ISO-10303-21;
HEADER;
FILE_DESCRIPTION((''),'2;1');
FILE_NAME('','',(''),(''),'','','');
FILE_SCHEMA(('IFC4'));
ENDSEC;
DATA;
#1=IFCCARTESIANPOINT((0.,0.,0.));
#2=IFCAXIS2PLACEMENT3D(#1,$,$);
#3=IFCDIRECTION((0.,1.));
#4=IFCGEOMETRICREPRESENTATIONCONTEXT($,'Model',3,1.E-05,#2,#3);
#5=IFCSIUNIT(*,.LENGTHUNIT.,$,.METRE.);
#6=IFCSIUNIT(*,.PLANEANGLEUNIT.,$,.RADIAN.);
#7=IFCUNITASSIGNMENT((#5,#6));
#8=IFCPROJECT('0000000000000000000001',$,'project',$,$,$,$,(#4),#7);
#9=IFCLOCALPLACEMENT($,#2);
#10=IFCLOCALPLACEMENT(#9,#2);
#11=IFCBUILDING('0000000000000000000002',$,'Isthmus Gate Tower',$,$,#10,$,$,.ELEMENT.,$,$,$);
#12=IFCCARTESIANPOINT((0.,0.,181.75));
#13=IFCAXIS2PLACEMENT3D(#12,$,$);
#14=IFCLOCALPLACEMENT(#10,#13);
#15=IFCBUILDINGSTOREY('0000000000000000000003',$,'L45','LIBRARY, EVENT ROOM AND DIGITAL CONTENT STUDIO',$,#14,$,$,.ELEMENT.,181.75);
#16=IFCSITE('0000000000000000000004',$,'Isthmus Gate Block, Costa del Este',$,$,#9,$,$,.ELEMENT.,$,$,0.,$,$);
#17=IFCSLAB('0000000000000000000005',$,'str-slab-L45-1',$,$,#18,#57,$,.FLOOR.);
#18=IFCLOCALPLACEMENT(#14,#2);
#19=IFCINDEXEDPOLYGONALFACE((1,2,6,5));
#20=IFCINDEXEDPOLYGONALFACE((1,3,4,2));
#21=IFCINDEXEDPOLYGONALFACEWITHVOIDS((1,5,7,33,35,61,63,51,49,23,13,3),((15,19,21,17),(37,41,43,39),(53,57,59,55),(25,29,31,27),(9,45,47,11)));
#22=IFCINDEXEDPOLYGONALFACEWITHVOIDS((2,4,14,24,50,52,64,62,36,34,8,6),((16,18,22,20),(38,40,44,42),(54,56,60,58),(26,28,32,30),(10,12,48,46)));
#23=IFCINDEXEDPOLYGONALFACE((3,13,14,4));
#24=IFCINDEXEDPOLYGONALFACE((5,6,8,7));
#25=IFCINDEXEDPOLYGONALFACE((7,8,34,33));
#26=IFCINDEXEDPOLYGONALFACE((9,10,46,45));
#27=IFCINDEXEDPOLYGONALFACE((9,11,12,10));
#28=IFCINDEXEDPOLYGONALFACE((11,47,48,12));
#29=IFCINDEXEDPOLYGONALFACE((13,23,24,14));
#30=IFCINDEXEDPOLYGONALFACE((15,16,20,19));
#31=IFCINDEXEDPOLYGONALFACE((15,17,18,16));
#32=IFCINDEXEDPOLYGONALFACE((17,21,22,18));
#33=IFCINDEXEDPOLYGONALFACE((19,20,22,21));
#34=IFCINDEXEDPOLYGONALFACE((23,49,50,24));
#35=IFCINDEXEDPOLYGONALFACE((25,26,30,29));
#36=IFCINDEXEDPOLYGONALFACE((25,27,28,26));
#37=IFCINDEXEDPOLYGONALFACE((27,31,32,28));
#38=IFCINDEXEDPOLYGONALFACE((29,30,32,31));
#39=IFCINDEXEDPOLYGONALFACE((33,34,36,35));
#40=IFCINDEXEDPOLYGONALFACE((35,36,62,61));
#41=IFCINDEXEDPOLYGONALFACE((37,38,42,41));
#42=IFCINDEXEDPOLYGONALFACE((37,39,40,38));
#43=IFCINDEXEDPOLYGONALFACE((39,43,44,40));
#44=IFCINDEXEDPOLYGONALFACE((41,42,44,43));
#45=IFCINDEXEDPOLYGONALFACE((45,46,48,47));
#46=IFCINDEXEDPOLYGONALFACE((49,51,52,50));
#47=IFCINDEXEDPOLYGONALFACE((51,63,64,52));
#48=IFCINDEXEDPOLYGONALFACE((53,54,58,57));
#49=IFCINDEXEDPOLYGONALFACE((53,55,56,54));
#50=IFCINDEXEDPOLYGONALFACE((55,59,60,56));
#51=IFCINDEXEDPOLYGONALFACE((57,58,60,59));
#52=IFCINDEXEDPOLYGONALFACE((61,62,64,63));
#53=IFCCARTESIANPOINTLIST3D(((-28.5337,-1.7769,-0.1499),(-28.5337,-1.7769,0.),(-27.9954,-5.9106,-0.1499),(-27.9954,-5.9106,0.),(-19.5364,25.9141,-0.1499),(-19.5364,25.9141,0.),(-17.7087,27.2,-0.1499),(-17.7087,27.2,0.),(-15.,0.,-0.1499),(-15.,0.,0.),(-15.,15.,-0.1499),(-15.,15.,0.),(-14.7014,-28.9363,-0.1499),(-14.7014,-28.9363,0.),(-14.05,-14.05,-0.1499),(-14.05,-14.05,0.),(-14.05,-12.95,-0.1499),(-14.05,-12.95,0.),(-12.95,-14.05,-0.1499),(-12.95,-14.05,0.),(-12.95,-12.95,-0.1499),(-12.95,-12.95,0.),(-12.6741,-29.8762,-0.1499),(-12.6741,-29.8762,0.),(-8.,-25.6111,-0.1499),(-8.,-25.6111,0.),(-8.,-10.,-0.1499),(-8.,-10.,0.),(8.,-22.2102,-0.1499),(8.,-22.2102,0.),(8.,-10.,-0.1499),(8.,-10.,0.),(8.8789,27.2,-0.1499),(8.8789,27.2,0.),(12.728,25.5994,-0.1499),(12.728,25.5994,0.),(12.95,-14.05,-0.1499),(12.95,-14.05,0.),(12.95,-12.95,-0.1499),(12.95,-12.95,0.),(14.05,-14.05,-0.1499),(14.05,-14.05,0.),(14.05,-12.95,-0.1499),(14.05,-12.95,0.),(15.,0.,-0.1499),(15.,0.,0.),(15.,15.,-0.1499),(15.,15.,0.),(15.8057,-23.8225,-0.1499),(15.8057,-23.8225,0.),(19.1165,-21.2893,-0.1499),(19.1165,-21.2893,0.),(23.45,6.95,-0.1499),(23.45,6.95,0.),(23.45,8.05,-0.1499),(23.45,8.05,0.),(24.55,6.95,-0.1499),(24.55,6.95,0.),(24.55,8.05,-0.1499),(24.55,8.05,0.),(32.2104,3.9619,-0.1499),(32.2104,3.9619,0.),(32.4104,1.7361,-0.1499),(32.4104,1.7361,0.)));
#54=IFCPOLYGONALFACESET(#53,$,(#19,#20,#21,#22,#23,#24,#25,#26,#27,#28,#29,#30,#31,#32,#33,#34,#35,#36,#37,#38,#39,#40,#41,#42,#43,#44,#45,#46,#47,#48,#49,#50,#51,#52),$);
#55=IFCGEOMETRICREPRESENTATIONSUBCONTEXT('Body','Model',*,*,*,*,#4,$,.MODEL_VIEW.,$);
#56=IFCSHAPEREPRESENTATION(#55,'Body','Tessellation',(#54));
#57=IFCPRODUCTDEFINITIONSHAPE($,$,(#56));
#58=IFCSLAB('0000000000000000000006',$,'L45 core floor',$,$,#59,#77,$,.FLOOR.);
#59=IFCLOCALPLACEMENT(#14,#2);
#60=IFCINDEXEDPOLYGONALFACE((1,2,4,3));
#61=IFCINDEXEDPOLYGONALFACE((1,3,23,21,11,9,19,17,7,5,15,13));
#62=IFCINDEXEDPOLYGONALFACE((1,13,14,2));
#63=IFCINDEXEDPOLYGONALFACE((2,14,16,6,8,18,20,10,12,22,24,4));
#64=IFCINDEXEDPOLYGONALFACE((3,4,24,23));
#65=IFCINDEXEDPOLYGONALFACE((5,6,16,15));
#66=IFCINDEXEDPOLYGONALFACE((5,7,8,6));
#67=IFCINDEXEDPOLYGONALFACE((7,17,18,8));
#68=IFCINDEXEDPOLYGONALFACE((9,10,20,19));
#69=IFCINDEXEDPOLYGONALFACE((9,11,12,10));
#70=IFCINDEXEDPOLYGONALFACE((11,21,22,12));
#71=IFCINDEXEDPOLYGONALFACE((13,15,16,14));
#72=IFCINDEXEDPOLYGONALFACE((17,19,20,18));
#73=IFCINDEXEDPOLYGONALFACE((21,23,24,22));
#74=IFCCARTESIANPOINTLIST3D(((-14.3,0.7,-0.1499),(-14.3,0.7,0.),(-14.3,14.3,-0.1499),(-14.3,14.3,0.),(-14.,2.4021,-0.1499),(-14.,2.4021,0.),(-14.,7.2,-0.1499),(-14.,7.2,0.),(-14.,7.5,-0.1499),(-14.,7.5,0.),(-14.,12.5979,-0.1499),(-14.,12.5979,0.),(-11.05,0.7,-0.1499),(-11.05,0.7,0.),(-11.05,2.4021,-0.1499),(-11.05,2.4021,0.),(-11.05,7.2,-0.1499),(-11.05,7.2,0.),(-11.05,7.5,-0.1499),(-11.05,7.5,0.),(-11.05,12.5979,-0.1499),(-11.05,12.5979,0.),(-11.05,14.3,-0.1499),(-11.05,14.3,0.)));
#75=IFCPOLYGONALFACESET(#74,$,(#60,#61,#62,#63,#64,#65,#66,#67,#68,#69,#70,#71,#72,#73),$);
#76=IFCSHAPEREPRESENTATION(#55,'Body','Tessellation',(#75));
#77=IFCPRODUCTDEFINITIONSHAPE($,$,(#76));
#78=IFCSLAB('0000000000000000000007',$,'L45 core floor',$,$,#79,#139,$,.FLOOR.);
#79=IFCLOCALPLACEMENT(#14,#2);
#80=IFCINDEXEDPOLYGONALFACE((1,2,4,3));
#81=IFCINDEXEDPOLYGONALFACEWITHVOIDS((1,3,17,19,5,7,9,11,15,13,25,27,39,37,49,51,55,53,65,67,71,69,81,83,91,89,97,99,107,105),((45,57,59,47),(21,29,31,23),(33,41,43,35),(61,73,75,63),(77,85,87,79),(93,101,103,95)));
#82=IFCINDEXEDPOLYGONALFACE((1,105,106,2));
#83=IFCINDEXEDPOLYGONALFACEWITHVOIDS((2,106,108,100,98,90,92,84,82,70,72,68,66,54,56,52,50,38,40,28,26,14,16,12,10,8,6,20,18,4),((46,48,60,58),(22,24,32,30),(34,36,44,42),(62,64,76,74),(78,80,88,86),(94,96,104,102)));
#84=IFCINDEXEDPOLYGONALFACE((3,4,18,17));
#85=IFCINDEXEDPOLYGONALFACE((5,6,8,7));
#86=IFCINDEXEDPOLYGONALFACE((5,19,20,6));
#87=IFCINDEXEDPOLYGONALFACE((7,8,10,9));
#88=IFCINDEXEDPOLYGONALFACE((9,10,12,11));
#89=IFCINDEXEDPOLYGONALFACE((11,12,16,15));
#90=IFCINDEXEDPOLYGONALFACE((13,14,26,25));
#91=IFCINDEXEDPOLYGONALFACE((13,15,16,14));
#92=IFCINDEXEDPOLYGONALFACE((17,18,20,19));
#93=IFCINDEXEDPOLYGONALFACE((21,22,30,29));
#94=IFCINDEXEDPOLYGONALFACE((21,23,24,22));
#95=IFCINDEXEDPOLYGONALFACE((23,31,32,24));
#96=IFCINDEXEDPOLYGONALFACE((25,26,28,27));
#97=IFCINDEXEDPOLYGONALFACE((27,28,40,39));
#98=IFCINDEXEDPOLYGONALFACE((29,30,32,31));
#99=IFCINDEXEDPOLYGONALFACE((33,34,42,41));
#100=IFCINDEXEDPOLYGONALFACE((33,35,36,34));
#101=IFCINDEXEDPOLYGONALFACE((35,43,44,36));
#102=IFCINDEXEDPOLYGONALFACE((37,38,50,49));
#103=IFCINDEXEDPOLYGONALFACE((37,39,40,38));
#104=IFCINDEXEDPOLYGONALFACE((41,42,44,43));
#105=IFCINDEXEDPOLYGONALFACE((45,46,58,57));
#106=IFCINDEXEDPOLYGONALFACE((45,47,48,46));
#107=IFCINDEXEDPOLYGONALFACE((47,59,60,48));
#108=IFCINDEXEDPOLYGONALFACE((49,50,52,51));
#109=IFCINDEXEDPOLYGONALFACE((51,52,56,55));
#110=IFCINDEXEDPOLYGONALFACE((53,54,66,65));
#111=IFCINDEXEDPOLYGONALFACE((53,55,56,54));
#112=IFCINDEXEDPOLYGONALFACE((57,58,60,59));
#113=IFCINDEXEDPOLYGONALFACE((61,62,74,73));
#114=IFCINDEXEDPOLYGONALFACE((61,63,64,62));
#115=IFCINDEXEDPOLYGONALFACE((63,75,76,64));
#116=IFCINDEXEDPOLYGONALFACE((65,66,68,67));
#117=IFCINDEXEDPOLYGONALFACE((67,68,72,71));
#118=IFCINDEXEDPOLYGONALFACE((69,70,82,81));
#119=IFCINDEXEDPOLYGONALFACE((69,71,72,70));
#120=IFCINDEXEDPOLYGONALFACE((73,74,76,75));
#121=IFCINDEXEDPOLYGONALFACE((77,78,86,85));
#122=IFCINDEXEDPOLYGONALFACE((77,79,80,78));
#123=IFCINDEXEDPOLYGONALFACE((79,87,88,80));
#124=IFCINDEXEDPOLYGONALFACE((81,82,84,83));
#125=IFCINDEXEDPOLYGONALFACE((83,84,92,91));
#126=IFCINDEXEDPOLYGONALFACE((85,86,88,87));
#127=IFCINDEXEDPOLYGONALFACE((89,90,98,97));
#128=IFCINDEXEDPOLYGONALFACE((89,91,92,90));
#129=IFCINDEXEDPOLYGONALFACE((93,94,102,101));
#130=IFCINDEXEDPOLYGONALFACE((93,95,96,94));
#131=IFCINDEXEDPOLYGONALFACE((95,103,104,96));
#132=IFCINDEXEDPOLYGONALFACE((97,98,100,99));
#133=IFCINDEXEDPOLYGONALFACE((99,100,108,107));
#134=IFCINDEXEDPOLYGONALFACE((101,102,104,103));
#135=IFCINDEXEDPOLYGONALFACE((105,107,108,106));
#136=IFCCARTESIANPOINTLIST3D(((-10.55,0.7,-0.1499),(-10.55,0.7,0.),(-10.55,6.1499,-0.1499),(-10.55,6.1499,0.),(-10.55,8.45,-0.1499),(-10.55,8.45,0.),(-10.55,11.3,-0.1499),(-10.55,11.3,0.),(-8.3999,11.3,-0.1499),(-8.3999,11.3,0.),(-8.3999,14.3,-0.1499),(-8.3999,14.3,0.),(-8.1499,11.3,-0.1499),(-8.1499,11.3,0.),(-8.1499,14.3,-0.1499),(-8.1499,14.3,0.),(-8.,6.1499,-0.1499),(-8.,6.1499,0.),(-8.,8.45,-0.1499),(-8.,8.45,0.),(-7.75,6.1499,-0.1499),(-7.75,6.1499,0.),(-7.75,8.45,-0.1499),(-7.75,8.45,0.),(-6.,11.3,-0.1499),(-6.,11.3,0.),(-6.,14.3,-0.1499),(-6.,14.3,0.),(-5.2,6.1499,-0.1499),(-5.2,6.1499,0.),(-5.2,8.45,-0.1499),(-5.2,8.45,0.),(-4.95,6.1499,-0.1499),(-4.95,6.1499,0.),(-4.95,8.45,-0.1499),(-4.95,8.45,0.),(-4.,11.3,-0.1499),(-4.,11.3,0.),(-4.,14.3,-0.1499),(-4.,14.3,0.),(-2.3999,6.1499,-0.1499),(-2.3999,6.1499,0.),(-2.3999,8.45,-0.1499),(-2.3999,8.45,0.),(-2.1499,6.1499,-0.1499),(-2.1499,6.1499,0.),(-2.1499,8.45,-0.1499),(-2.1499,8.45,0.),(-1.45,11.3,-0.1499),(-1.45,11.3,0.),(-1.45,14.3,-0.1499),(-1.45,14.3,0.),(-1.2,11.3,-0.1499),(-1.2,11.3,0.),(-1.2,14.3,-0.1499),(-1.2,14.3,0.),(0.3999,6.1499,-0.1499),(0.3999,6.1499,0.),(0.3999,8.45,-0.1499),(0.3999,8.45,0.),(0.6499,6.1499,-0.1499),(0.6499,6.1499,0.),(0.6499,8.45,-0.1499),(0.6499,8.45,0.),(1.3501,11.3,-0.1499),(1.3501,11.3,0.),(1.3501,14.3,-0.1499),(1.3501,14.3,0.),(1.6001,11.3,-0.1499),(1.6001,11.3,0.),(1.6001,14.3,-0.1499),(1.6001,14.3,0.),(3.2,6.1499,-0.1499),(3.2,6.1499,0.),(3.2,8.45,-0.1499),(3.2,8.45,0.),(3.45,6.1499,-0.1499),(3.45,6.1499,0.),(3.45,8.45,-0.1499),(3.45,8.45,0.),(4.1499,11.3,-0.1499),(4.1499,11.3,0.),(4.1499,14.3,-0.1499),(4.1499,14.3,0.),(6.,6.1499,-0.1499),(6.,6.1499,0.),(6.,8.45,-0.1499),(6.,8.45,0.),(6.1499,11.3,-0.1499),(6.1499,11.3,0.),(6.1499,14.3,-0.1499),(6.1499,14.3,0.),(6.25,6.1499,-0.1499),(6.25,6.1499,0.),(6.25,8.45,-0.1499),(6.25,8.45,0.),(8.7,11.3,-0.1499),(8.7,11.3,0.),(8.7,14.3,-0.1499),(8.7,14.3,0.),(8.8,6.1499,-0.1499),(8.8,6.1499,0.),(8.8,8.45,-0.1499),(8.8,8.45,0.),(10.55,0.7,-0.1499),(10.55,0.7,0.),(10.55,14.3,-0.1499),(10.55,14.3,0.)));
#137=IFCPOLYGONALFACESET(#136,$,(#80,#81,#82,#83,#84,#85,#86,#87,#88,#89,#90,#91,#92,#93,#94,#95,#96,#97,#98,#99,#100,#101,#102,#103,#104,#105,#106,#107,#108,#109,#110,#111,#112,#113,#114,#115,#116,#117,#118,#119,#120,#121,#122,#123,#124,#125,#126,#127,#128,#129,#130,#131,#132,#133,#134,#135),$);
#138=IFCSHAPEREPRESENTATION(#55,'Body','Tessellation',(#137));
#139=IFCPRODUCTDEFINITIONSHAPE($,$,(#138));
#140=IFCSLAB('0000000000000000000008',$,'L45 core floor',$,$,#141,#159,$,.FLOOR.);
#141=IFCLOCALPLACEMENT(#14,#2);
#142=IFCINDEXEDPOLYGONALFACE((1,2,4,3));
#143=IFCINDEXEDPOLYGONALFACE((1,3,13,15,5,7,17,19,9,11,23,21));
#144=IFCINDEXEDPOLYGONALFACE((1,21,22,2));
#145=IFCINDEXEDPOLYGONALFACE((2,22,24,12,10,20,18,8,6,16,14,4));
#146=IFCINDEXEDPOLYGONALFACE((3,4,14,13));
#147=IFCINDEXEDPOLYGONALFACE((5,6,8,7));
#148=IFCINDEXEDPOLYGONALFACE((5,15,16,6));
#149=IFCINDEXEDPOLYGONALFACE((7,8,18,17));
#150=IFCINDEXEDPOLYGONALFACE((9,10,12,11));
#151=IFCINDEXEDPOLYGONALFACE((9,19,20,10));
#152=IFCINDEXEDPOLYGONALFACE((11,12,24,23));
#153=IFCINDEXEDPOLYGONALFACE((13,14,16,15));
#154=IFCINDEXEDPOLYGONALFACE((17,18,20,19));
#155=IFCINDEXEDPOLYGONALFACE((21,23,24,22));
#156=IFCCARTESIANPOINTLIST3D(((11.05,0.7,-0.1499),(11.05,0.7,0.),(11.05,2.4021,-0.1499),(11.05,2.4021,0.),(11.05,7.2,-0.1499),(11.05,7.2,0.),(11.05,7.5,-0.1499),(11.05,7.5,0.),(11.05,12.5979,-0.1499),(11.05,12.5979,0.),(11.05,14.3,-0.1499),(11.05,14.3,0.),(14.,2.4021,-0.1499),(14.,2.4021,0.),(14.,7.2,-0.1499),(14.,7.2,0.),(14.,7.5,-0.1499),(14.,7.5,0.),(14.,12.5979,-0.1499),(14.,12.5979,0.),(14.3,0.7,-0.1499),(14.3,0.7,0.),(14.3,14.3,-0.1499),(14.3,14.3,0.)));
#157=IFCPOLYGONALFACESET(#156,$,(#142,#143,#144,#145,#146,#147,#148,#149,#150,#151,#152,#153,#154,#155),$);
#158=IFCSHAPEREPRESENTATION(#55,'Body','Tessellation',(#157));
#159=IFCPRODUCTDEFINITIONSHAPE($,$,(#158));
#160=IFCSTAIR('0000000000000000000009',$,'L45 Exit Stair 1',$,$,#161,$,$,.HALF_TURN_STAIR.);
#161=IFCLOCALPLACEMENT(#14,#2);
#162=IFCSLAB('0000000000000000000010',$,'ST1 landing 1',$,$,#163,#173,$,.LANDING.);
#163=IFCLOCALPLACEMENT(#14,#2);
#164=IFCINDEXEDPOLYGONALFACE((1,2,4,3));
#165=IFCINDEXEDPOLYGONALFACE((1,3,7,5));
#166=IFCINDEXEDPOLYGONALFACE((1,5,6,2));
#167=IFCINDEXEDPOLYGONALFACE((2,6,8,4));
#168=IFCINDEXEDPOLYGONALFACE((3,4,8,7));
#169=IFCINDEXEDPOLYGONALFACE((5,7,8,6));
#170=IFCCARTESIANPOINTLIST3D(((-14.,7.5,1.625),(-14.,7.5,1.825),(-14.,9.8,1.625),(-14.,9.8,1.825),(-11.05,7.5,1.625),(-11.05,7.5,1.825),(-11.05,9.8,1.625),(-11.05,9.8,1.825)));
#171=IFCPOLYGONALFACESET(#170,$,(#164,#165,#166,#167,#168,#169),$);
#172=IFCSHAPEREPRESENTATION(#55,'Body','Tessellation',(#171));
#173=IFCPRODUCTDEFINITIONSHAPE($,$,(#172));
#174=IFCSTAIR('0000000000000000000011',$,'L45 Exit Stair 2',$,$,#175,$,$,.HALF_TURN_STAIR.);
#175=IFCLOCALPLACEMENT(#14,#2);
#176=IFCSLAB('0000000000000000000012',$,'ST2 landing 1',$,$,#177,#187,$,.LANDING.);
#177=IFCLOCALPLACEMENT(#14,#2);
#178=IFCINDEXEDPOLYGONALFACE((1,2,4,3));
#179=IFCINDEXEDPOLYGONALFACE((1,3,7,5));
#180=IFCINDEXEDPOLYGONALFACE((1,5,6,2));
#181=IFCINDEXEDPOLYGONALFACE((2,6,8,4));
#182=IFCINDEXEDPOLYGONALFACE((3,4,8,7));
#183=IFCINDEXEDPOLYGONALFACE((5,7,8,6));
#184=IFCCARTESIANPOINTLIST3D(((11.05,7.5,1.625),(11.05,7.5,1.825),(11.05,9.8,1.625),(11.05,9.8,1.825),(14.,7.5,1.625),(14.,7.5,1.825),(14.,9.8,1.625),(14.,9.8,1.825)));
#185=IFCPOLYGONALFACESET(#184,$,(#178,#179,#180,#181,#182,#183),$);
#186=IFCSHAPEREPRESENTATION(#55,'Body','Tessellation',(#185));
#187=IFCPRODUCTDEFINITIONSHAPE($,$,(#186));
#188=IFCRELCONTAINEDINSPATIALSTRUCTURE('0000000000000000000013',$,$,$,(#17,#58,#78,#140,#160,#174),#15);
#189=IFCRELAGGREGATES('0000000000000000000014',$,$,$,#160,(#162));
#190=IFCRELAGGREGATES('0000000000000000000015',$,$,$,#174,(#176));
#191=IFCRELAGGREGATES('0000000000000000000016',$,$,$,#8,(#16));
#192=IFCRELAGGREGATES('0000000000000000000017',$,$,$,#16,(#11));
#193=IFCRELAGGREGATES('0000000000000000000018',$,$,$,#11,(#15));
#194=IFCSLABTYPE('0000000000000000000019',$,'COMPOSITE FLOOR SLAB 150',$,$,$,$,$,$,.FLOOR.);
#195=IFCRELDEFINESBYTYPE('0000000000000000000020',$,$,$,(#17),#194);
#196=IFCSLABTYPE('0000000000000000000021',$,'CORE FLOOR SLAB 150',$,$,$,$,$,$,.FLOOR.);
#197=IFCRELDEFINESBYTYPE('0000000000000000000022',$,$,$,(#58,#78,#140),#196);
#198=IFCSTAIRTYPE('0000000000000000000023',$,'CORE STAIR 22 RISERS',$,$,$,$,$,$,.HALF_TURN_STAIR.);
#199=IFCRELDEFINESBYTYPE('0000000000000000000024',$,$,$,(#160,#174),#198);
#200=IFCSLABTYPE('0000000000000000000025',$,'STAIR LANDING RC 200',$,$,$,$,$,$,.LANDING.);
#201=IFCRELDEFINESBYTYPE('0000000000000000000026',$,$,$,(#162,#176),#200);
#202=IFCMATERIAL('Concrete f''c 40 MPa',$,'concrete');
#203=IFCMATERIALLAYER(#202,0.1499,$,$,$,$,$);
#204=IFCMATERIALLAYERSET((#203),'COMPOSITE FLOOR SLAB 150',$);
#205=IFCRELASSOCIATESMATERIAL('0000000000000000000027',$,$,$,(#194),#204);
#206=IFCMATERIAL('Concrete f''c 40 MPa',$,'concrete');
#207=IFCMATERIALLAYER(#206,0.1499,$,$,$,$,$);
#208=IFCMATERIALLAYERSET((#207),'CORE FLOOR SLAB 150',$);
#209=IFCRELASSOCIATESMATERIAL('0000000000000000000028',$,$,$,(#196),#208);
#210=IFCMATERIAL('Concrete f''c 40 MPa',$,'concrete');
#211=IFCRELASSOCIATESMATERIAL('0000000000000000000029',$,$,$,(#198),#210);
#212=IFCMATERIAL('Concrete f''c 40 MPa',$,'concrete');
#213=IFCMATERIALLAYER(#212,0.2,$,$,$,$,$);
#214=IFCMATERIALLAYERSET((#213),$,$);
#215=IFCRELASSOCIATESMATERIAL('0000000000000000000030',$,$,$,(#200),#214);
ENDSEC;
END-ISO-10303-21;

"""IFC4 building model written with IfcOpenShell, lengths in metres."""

from ifc_helpers import new_model, si_unit, direction, frame, origin, place, context, subcontext, project, spatial, polyline, outline, extrude, material, layer, layer_set, type_object, element, aggregate, save


model = new_model("IFC4")

# Units and contexts
model_context = context("Model", 3, precision=1e-05, world=origin(), true_north=direction((0.0, 1.0)))
body_context = subcontext(model_context, "Body", "Model", "MODEL_VIEW")
ifc_project = project(units=[si_unit("LENGTHUNIT", "METRE"), si_unit("PLANEANGLEUNIT", "RADIAN")], contexts=[model_context])

# Site, building, storey
site_placement = place(None, origin())
site = spatial("IfcSite", under=ifc_project, at=site_placement, Name="Isthmus Gate Block, Costa del Este", CompositionType="ELEMENT", RefElevation=0.0)
building_placement = place(site_placement, origin())
building = spatial("IfcBuilding", under=site, at=building_placement, Name="Isthmus Gate Tower", CompositionType="ELEMENT")
storey_placement = place(building_placement, frame((0.0, 0.0, 181.75)))
storey = spatial("IfcBuildingStorey", under=building, at=storey_placement, Name="L45", Description="LIBRARY, EVENT ROOM AND DIGITAL CONTENT STUDIO", CompositionType="ELEMENT", Elevation=181.75)

# Slabs
ifc_material_1 = material(Name="Concrete f'c 40 MPa", Category="concrete")
ifc_layer_1 = layer(ifc_material_1, 0.1499)
ifc_layer_set_1 = layer_set([ifc_layer_1], Name="COMPOSITE FLOOR SLAB 150")
slab_type_1 = type_object("IfcSlabType", Name="COMPOSITE FLOOR SLAB 150", PredefinedType="FLOOR", material=ifc_layer_set_1)
slab_1_placement = place(storey_placement, frame((0.0, 0.0, -0.1499)))
element("IfcSlab", 1, at=slab_1_placement, inside=storey, type_object=slab_type_1, Name="str-slab-L45-1", PredefinedType="FLOOR", context=body_context, shape_type="SweptSolid", body=[
    extrude(outline(polyline([(12.728, 25.5994), (32.2104, 3.9619), (32.4104, 1.7361), (19.1165, -21.2893), (15.8057, -23.8225), (-12.6741, -29.8762), (-14.7014, -28.9363), (-27.9954, -5.9106), (-28.5337, -1.7769), (-19.5364, 25.9141), (-17.7087, 27.2), (8.8789, 27.2), (12.728, 25.5994)]), holes=[polyline([(-8.0, -10.0), (-8.0, -25.6111), (8.0, -22.2102), (8.0, -10.0), (-8.0, -10.0)]), polyline([(-14.05, -12.95), (-14.05, -14.05), (-12.95, -14.05), (-12.95, -12.95), (-14.05, -12.95)]), polyline([(14.05, -12.95), (12.95, -12.95), (12.95, -14.05), (14.05, -14.05), (14.05, -12.95)]), polyline([(-15.0, 15.0), (-15.0, 0.0), (15.0, 0.0), (15.0, 15.0), (-15.0, 15.0)]), polyline([(24.55, 6.95), (24.55, 8.05), (23.45, 8.05), (23.45, 6.95), (24.55, 6.95)])]), origin(), (0.0, 0.0, 1.0), 0.1499),
])
ifc_material_2 = material(Name="Concrete f'c 40 MPa", Category="concrete")
ifc_layer_2 = layer(ifc_material_2, 0.1499)
ifc_layer_set_2 = layer_set([ifc_layer_2], Name="CORE FLOOR SLAB 150")
slab_type_2 = type_object("IfcSlabType", Name="CORE FLOOR SLAB 150", PredefinedType="FLOOR", material=ifc_layer_set_2)
slab_2_placement = place(storey_placement, frame((0.0, 0.0, -0.1499)))
element("IfcSlab", 2, at=slab_2_placement, inside=storey, type_object=slab_type_2, Name="L45 core floor", PredefinedType="FLOOR", context=body_context, shape_type="SweptSolid", body=[
    extrude(outline(polyline([(-11.05, 0.7), (-11.05, 2.4021), (-14.0, 2.4021), (-14.0, 7.2), (-11.05, 7.2), (-11.05, 7.5), (-14.0, 7.5), (-14.0, 12.5979), (-11.05, 12.5979), (-11.05, 14.3), (-14.3, 14.3), (-14.3, 0.7), (-11.05, 0.7)])), origin(), (0.0, 0.0, 1.0), 0.1499),
])
slab_3_placement = place(storey_placement, frame((0.0, 0.0, -0.1499)))
element("IfcSlab", 3, at=slab_3_placement, inside=storey, type_object=slab_type_2, Name="L45 core floor", PredefinedType="FLOOR", context=body_context, shape_type="SweptSolid", body=[
    extrude(outline(polyline([(10.55, 14.3), (8.7, 14.3), (8.7, 11.3), (6.1499, 11.3), (6.1499, 14.3), (4.1499, 14.3), (4.1499, 11.3), (1.6001, 11.3), (1.6001, 14.3), (1.3501, 14.3), (1.3501, 11.3), (-1.2, 11.3), (-1.2, 14.3), (-1.45, 14.3), (-1.45, 11.3), (-4.0, 11.3), (-4.0, 14.3), (-6.0, 14.3), (-6.0, 11.3), (-8.1499, 11.3), (-8.1499, 14.3), (-8.3999, 14.3), (-8.3999, 11.3), (-10.55, 11.3), (-10.55, 8.45), (-8.0, 8.45), (-8.0, 6.1499), (-10.55, 6.1499), (-10.55, 0.7), (10.55, 0.7), (10.55, 14.3)]), holes=[polyline([(-5.2, 8.45), (-5.2, 6.1499), (-7.75, 6.1499), (-7.75, 8.45), (-5.2, 8.45)]), polyline([(-2.3999, 8.45), (-2.3999, 6.1499), (-4.95, 6.1499), (-4.95, 8.45), (-2.3999, 8.45)]), polyline([(0.3999, 8.45), (0.3999, 6.1499), (-2.1499, 6.1499), (-2.1499, 8.45), (0.3999, 8.45)]), polyline([(3.2, 8.45), (3.2, 6.1499), (0.6499, 6.1499), (0.6499, 8.45), (3.2, 8.45)]), polyline([(6.0, 8.45), (6.0, 6.1499), (3.45, 6.1499), (3.45, 8.45), (6.0, 8.45)]), polyline([(8.8, 8.45), (8.8, 6.1499), (6.25, 6.1499), (6.25, 8.45), (8.8, 8.45)])]), origin(), (0.0, 0.0, 1.0), 0.1499),
])
slab_4_placement = place(storey_placement, frame((0.0, 0.0, -0.1499)))
element("IfcSlab", 4, at=slab_4_placement, inside=storey, type_object=slab_type_2, Name="L45 core floor", PredefinedType="FLOOR", context=body_context, shape_type="SweptSolid", body=[
    extrude(outline(polyline([(11.05, 14.3), (11.05, 12.5979), (14.0, 12.5979), (14.0, 7.5), (11.05, 7.5), (11.05, 7.2), (14.0, 7.2), (14.0, 2.4021), (11.05, 2.4021), (11.05, 0.7), (14.3, 0.7), (14.3, 14.3), (11.05, 14.3)])), origin(), (0.0, 0.0, 1.0), 0.1499),
])

# Stairs, slabs
ifc_material_3 = material(Name="Concrete f'c 40 MPa", Category="concrete")
stair_type = type_object("IfcStairType", Name="CORE STAIR 22 RISERS", PredefinedType="HALF_TURN_STAIR", material=ifc_material_3)
stair_1_placement = place(storey_placement, origin())
stair_1 = element("IfcStair", 5, at=stair_1_placement, inside=storey, type_object=stair_type, Name="L45 Exit Stair 1", PredefinedType="HALF_TURN_STAIR")
ifc_material_4 = material(Name="Concrete f'c 40 MPa", Category="concrete")
ifc_layer_3 = layer(ifc_material_4, 0.2)
ifc_layer_set_3 = layer_set([ifc_layer_3])
slab_type_3 = type_object("IfcSlabType", Name="STAIR LANDING RC 200", PredefinedType="LANDING", material=ifc_layer_set_3)
slab_5_placement = place(storey_placement, frame((0.0, 0.0, 1.625)))
slab_5 = element("IfcSlab", 6, at=slab_5_placement, type_object=slab_type_3, Name="ST1 landing 1", PredefinedType="LANDING", context=body_context, shape_type="SweptSolid", body=[
    extrude(outline(polyline([(-14.0, 9.8), (-14.0, 7.5), (-11.05, 7.5), (-11.05, 9.8), (-14.0, 9.8)])), origin(), (0.0, 0.0, 1.0), 0.2),
])
aggregate(stair_1, [slab_5])
stair_2_placement = place(storey_placement, origin())
stair_2 = element("IfcStair", 7, at=stair_2_placement, inside=storey, type_object=stair_type, Name="L45 Exit Stair 2", PredefinedType="HALF_TURN_STAIR")
slab_6_placement = place(storey_placement, frame((0.0, 0.0, 1.625)))
slab_6 = element("IfcSlab", 8, at=slab_6_placement, type_object=slab_type_3, Name="ST2 landing 1", PredefinedType="LANDING", context=body_context, shape_type="SweptSolid", body=[
    extrude(outline(polyline([(11.05, 9.8), (11.05, 7.5), (14.0, 7.5), (14.0, 9.8), (11.05, 9.8)])), origin(), (0.0, 0.0, 1.0), 0.2),
])
aggregate(stair_2, [slab_6])

save(model, "model.ifc")
